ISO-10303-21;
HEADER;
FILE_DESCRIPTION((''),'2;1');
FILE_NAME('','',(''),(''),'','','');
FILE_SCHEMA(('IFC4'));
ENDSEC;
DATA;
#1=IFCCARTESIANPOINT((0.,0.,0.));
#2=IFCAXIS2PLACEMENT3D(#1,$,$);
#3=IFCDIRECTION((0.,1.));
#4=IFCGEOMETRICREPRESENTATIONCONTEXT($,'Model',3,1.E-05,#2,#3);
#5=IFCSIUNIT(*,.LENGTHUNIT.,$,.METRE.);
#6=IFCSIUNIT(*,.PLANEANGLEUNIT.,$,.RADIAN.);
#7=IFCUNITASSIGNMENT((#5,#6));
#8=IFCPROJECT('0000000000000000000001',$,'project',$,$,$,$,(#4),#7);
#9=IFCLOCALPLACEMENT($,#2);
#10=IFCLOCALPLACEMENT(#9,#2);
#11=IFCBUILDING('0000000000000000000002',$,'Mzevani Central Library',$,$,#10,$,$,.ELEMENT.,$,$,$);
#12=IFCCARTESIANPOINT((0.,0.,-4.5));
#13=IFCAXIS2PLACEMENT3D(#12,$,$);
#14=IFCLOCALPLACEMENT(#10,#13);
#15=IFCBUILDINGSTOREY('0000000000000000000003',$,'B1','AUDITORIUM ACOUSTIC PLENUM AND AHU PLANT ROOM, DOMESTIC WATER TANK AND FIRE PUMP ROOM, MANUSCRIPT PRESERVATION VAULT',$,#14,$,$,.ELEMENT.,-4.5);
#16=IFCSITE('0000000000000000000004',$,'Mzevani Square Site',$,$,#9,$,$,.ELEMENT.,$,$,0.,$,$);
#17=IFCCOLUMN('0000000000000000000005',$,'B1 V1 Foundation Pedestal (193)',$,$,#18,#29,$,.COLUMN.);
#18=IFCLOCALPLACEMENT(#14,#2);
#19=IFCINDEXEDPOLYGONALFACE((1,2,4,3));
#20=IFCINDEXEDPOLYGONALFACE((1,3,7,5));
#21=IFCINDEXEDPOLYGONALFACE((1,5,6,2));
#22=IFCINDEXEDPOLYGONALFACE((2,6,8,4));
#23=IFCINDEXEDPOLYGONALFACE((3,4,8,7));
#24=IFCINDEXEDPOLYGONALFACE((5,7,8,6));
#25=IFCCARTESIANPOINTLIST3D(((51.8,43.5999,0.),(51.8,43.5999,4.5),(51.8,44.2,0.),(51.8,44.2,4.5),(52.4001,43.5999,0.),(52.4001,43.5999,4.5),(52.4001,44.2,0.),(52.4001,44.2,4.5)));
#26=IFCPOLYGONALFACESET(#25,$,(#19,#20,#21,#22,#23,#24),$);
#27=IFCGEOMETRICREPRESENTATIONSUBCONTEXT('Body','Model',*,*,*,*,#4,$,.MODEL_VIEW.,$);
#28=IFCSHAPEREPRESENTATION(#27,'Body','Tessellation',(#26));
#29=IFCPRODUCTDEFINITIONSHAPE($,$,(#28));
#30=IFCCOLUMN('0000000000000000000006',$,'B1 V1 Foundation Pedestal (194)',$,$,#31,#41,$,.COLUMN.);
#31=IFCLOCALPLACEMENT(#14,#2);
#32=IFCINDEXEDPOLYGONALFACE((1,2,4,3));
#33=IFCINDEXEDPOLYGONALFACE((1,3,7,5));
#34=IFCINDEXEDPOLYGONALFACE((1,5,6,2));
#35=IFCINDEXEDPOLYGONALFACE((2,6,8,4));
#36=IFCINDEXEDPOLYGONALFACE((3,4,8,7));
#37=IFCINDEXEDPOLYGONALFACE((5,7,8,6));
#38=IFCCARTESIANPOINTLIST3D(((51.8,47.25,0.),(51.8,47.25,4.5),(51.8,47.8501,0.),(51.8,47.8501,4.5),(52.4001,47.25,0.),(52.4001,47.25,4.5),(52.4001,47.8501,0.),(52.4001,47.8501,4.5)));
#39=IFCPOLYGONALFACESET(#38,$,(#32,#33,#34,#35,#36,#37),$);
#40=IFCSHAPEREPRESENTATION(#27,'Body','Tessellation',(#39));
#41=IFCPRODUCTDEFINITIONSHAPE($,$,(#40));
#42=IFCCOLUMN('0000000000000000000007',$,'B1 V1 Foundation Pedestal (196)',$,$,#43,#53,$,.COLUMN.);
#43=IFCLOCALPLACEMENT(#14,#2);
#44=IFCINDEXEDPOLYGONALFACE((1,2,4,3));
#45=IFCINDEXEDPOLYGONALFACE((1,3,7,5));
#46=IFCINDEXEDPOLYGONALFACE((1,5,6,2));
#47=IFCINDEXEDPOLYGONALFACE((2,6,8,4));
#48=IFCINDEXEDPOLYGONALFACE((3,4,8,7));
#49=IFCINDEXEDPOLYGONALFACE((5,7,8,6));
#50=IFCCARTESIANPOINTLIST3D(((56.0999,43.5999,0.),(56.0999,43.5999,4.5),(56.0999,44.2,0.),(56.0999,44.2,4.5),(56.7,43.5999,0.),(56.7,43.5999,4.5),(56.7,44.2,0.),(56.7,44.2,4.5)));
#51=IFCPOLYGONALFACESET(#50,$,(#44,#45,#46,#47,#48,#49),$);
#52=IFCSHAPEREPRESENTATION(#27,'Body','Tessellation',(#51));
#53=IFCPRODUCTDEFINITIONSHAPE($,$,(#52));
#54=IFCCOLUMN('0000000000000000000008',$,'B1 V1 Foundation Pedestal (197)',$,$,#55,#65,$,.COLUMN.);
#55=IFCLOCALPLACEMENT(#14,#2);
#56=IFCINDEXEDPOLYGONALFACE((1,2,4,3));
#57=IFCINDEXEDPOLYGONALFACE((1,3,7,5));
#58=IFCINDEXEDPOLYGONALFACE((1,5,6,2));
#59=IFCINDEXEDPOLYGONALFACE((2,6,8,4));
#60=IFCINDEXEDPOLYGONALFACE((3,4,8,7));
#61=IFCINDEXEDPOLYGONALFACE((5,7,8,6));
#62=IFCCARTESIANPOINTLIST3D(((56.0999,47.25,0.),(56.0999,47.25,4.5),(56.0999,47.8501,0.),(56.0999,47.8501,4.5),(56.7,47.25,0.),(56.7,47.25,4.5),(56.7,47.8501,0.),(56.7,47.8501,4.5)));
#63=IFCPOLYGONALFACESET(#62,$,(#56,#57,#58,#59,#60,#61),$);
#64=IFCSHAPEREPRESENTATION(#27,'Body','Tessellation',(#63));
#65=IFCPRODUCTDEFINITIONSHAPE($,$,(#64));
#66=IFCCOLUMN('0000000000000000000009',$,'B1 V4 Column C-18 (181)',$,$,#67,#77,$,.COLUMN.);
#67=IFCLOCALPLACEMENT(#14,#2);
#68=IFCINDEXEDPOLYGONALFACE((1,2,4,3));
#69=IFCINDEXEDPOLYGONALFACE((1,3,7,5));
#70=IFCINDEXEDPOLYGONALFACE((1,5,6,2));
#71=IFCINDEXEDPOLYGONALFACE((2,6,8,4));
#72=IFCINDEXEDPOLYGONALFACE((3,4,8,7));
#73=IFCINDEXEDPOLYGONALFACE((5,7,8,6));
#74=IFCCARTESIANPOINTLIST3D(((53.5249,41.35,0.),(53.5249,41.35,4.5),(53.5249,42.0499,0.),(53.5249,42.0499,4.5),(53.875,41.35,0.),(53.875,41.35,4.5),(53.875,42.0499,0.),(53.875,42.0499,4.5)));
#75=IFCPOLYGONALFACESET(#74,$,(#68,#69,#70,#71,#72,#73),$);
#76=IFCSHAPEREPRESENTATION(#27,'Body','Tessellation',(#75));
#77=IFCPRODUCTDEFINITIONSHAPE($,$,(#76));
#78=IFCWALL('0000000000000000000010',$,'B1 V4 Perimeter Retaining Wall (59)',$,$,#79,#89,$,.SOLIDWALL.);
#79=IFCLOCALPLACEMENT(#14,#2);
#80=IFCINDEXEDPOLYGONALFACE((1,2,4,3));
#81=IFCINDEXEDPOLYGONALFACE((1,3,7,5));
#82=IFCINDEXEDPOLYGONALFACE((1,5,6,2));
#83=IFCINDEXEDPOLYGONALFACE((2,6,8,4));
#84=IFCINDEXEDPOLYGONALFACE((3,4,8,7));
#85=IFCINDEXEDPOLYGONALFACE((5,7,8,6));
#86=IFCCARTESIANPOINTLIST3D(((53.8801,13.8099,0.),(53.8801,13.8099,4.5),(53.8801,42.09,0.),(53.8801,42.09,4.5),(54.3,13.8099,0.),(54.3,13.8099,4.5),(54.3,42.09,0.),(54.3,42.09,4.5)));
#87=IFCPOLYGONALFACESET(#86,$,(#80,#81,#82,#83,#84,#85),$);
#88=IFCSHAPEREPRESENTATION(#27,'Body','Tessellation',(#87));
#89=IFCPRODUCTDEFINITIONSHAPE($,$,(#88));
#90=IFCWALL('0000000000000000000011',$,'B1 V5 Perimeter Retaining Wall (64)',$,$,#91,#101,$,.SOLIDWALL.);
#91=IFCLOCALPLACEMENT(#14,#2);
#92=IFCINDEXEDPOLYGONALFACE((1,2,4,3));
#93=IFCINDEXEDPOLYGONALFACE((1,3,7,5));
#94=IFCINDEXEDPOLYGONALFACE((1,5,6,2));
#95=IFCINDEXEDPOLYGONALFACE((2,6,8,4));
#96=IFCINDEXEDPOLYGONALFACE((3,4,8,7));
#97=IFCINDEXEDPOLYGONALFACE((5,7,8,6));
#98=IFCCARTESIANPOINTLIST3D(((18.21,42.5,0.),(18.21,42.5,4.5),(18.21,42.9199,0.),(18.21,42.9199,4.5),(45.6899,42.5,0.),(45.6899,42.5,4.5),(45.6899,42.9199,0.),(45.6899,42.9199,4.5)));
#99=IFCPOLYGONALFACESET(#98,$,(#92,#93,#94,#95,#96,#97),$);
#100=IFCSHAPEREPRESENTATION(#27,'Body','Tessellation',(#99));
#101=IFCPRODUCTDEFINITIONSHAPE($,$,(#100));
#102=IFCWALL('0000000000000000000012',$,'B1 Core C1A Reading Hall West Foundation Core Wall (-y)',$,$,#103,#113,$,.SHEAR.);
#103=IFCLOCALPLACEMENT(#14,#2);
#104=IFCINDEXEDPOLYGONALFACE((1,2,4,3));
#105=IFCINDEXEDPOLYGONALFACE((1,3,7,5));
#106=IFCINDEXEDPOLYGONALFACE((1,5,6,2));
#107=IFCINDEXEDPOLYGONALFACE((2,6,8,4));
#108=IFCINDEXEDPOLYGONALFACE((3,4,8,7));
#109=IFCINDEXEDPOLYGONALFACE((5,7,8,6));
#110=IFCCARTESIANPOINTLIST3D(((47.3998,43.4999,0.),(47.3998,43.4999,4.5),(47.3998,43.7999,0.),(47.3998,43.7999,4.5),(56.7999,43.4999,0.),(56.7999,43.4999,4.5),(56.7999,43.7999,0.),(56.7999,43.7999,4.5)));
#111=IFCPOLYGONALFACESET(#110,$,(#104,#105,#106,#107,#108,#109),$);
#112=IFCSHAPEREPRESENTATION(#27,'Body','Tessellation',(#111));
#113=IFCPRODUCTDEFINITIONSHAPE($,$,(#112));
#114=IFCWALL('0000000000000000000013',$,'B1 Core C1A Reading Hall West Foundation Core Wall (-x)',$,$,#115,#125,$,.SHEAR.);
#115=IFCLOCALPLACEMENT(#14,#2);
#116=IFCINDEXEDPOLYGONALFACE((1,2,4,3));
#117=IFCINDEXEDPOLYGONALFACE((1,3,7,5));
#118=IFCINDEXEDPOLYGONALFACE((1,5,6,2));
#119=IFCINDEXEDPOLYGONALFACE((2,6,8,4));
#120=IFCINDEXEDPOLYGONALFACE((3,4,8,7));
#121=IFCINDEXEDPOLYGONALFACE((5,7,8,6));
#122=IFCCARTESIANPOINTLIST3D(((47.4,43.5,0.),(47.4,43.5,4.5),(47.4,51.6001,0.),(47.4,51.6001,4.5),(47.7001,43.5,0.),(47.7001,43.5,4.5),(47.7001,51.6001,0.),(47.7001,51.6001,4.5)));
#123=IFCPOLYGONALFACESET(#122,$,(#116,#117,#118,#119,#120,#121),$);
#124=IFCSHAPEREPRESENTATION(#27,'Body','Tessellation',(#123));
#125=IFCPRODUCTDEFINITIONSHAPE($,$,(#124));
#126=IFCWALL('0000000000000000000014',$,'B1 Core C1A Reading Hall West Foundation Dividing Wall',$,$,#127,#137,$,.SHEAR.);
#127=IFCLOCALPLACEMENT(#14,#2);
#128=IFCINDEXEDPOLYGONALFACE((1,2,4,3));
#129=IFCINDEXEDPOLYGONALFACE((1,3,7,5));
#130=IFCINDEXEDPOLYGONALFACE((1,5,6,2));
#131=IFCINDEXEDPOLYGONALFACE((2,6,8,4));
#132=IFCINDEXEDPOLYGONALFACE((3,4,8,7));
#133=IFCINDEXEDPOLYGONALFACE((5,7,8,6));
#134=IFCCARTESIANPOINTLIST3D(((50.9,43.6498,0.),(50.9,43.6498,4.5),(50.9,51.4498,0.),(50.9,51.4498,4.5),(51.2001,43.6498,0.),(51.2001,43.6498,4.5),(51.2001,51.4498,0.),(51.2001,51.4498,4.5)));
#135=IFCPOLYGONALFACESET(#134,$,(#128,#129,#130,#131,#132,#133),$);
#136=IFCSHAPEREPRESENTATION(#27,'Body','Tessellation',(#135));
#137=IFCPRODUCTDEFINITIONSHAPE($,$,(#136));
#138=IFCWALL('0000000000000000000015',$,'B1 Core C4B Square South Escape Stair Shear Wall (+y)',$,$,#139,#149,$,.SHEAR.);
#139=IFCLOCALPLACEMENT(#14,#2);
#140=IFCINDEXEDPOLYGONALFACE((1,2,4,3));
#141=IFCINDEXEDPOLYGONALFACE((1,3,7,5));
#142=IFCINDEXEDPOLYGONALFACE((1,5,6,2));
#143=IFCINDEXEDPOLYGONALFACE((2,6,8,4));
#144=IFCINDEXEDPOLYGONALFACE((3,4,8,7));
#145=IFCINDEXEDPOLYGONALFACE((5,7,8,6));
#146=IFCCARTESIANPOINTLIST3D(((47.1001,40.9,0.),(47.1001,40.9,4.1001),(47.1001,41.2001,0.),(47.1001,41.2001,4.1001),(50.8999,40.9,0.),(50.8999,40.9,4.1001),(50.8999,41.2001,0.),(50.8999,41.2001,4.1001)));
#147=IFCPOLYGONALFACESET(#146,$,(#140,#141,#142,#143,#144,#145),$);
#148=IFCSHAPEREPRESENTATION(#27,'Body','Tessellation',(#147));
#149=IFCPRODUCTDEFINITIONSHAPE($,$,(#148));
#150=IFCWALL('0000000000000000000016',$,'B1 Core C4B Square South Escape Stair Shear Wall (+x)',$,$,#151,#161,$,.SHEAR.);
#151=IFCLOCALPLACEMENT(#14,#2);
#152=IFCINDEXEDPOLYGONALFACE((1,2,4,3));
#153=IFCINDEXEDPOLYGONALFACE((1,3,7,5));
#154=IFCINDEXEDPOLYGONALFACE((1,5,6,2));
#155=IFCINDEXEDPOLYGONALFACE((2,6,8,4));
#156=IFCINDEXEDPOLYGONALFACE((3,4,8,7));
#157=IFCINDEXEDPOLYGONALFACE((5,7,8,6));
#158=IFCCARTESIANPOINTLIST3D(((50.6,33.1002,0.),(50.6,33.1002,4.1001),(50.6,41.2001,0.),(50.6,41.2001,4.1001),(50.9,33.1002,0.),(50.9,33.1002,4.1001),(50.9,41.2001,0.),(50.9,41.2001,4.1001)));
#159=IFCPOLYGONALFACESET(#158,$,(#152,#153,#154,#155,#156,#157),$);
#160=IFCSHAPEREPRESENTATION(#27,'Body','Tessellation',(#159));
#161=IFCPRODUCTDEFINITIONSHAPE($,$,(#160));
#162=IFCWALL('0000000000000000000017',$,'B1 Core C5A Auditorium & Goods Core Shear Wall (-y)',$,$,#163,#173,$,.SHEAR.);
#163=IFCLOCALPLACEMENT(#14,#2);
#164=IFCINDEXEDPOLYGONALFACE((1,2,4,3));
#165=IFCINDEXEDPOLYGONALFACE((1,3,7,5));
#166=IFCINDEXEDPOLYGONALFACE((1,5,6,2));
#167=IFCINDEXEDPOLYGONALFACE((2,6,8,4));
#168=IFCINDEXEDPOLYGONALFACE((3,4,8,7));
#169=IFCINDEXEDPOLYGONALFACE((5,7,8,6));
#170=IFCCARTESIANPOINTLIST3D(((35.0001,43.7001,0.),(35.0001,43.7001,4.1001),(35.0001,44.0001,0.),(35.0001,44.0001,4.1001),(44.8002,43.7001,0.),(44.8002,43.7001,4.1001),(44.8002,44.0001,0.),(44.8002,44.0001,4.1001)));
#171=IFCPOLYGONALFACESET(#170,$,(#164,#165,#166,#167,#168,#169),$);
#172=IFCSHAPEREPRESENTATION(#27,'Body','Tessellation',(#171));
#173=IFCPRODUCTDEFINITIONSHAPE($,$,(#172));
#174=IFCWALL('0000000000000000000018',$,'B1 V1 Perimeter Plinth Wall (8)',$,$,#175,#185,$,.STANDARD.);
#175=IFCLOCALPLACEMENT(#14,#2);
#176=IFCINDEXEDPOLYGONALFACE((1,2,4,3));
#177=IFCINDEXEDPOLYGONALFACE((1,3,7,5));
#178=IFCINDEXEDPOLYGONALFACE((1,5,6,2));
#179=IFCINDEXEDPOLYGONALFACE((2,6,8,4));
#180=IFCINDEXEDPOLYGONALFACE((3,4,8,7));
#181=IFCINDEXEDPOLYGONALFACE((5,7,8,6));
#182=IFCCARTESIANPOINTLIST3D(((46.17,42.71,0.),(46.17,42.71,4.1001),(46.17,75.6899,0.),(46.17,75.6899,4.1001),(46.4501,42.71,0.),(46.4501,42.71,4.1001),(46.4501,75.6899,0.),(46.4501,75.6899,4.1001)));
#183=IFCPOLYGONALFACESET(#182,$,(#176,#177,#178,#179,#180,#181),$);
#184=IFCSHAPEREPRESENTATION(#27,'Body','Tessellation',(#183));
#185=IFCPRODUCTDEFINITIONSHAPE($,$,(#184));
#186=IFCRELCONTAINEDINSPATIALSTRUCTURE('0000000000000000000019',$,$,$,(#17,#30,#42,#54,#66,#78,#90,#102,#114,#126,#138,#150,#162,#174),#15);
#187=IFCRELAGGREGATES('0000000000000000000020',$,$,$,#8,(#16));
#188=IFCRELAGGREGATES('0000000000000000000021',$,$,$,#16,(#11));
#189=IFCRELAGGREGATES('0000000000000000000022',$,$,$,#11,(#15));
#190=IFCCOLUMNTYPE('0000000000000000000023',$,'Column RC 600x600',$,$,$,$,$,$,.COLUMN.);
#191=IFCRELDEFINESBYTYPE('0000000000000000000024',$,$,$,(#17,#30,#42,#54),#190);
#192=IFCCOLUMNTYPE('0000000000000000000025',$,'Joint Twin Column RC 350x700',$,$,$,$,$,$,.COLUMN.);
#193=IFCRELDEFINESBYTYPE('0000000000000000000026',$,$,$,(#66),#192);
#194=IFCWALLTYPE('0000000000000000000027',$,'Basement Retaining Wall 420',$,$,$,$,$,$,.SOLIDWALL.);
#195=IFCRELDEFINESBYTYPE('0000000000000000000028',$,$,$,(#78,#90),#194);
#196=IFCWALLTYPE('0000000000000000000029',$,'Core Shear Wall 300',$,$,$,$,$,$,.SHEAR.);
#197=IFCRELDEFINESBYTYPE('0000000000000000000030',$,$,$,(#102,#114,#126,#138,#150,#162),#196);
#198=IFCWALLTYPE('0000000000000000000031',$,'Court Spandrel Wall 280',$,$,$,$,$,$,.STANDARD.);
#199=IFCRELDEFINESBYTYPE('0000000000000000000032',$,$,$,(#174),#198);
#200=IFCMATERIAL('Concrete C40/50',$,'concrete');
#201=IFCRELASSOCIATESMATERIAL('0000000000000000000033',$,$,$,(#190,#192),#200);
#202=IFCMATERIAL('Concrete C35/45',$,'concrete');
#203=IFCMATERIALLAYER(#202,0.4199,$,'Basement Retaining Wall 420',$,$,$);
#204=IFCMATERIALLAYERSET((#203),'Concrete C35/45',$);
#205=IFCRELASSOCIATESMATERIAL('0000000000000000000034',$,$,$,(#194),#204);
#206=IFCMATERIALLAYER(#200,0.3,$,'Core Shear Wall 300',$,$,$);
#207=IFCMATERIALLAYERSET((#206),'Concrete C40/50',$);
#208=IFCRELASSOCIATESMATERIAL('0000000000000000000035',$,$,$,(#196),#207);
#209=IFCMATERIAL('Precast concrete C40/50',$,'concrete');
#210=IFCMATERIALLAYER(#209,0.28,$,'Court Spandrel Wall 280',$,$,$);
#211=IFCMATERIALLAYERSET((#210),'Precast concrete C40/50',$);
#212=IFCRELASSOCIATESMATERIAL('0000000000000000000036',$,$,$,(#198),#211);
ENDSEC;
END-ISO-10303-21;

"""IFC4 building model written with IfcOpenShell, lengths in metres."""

from ifc_helpers import new_model, si_unit, direction, frame, frame_2d, origin, origin_2d, place, context, subcontext, project, spatial, rectangle, extrude, material, layer, layer_set, material_profile, profile_set, type_object, element, save


model = new_model("IFC4")

# Units and contexts
model_context = context("Model", 3, precision=1e-05, world=origin(), true_north=direction((0.0, 1.0)))
body_context = subcontext(model_context, "Body", "Model", "MODEL_VIEW")
ifc_project = project(units=[si_unit("LENGTHUNIT", "METRE"), si_unit("PLANEANGLEUNIT", "RADIAN")], contexts=[model_context])

# Site, building, storey
site_placement = place(None, origin())
site = spatial("IfcSite", under=ifc_project, at=site_placement, Name="Mzevani Square Site", CompositionType="ELEMENT", RefElevation=0.0)
building_placement = place(site_placement, origin())
building = spatial("IfcBuilding", under=site, at=building_placement, Name="Mzevani Central Library", CompositionType="ELEMENT")
storey_placement = place(building_placement, frame((0.0, 0.0, -4.5)))
storey = spatial("IfcBuildingStorey", under=building, at=storey_placement, Name="B1", Description="AUDITORIUM ACOUSTIC PLENUM AND AHU PLANT ROOM, DOMESTIC WATER TANK AND FIRE PUMP ROOM, MANUSCRIPT PRESERVATION VAULT", CompositionType="ELEMENT", Elevation=-4.5)

# Shared definitions
ifc_material_1 = material(Name="Concrete C40/50", Category="concrete")

# Columns
ifc_material_profile_1 = material_profile(ifc_material_1, rectangle(XDim=0.6001, YDim=0.6001, at=origin_2d()), Name="RC 600x600")
ifc_profile_set_1 = profile_set([ifc_material_profile_1], Name="Concrete C40/50")
column_type_1 = type_object("IfcColumnType", Name="Column RC 600x600", PredefinedType="COLUMN", material=ifc_profile_set_1)
for number, where, z_axis, x_axis, name in (
    (1, (52.1001, 43.8999, 0.0), (0.0, 0.0, 1.0), (1.0, 0.0, 0.0), "B1 V1 Foundation Pedestal (193)"),
    (2, (52.1001, 47.55, 0.0), (0.0, 0.0, 1.0), (1.0, 0.0, 0.0), "B1 V1 Foundation Pedestal (194)"),
    (3, (56.3999, 43.8999, 0.0), (0.0, 0.0, 1.0), (1.0, 0.0, 0.0), "B1 V1 Foundation Pedestal (196)"),
    (4, (56.3999, 47.55, 0.0), (0.0, 0.0, 1.0), (1.0, 0.0, 0.0), "B1 V1 Foundation Pedestal (197)"),
):
    element("IfcColumn", number, at=place(storey_placement, frame(where, z_axis=z_axis, x_axis=x_axis)), inside=storey, type_object=column_type_1, Name=name, PredefinedType="COLUMN", context=body_context, shape_type="SweptSolid", body=[
        extrude(rectangle(XDim=0.6001, YDim=0.6001, at=origin_2d()), origin(), (0.0, 0.0, 1.0), 4.5),
    ])
ifc_material_profile_2 = material_profile(ifc_material_1, rectangle(XDim=0.3501, YDim=0.7, at=origin_2d()), Name="RC 350x700")
ifc_profile_set_2 = profile_set([ifc_material_profile_2], Name="Concrete C40/50")
column_type_2 = type_object("IfcColumnType", Name="Joint Twin Column RC 350x700", PredefinedType="COLUMN", material=ifc_profile_set_2)
column_1_placement = place(storey_placement, frame((53.7, 41.7, 0.0), z_axis=(0.0, 0.0, 1.0), x_axis=(1.0, 0.0, 0.0)))
element("IfcColumn", 5, at=column_1_placement, inside=storey, type_object=column_type_2, Name="B1 V4 Column C-18 (181)", PredefinedType="COLUMN", context=body_context, shape_type="SweptSolid", body=[
    extrude(rectangle(XDim=0.3501, YDim=0.7, at=origin_2d()), origin(), (0.0, 0.0, 1.0), 4.5),
])

# Walls
ifc_material_2 = material(Name="Concrete C35/45", Category="concrete")
ifc_layer_1 = layer(ifc_material_2, 0.4199, Name="Basement Retaining Wall 420")
ifc_layer_set_1 = layer_set([ifc_layer_1], Name="Concrete C35/45")
wall_type_1 = type_object("IfcWallType", Name="Basement Retaining Wall 420", PredefinedType="SOLIDWALL", material=ifc_layer_set_1)
wall_1_placement = place(storey_placement, frame((54.0901, 42.0901, 0.0), z_axis=(0.0, 0.0, 1.0), x_axis=(0.0, -1.0, 0.0)))
element("IfcWall", 6, at=wall_1_placement, inside=storey, type_object=wall_type_1, Name="B1 V4 Perimeter Retaining Wall (59)", PredefinedType="SOLIDWALL", context=body_context, shape_type="SweptSolid", body=[
    extrude(rectangle(XDim=28.28, YDim=0.4199, at=frame_2d((14.1401, 0.0))), origin(), (0.0, 0.0, 1.0), 4.5),
])
wall_2_placement = place(storey_placement, frame((45.6899, 42.71, 0.0), z_axis=(0.0, 0.0, 1.0), x_axis=(-1.0, 0.0, 0.0)))
element("IfcWall", 7, at=wall_2_placement, inside=storey, type_object=wall_type_1, Name="B1 V5 Perimeter Retaining Wall (64)", PredefinedType="SOLIDWALL", context=body_context, shape_type="SweptSolid", body=[
    extrude(rectangle(XDim=27.48, YDim=0.4199, at=frame_2d((13.74, 0.0))), origin(), (0.0, 0.0, 1.0), 4.5),
])
ifc_layer_2 = layer(ifc_material_1, 0.3, Name="Core Shear Wall 300")
ifc_layer_set_2 = layer_set([ifc_layer_2], Name="Concrete C40/50")
wall_type_2 = type_object("IfcWallType", Name="Core Shear Wall 300", PredefinedType="SHEAR", material=ifc_layer_set_2)
wall_3_placement = place(storey_placement, frame((56.8, 43.6499, 0.0), z_axis=(0.0, 0.0, 1.0), x_axis=(-1.0, 0.0, 0.0)))
element("IfcWall", 8, at=wall_3_placement, inside=storey, type_object=wall_type_2, Name="B1 Core C1A Reading Hall West Foundation Core Wall (-y)", PredefinedType="SHEAR", context=body_context, shape_type="SweptSolid", body=[
    extrude(rectangle(XDim=9.4001, YDim=0.3, at=frame_2d((4.7002, 0.0))), origin(), (0.0, 0.0, 1.0), 4.5),
])
wall_4_placement = place(storey_placement, frame((47.55, 43.5, 0.0), z_axis=(0.0, 0.0, 1.0), x_axis=(0.0, 1.0, 0.0)))
element("IfcWall", 9, at=wall_4_placement, inside=storey, type_object=wall_type_2, Name="B1 Core C1A Reading Hall West Foundation Core Wall (-x)", PredefinedType="SHEAR", context=body_context, shape_type="SweptSolid", body=[
    extrude(rectangle(XDim=8.1001, YDim=0.3, at=frame_2d((4.05, 0.0))), origin(), (0.0, 0.0, 1.0), 4.5),
])
wall_5_placement = place(storey_placement, frame((51.05, 43.6499, 0.0), z_axis=(0.0, 0.0, 1.0), x_axis=(0.0, 1.0, 0.0)))
element("IfcWall", 10, at=wall_5_placement, inside=storey, type_object=wall_type_2, Name="B1 Core C1A Reading Hall West Foundation Dividing Wall", PredefinedType="SHEAR", context=body_context, shape_type="SweptSolid", body=[
    extrude(rectangle(XDim=7.8, YDim=0.3, at=frame_2d((3.8999, 0.0))), origin(), (0.0, 0.0, 1.0), 4.5),
])
wall_6_placement = place(storey_placement, frame((47.1001, 41.05, 0.0), z_axis=(0.0, 0.0, 1.0), x_axis=(1.0, 0.0, 0.0)))
element("IfcWall", 11, at=wall_6_placement, inside=storey, type_object=wall_type_2, Name="B1 Core C4B Square South Escape Stair Shear Wall (+y)", PredefinedType="SHEAR", context=body_context, shape_type="SweptSolid", body=[
    extrude(rectangle(XDim=3.7998, YDim=0.3, at=frame_2d((1.8999, 0.0))), origin(), (0.0, 0.0, 1.0), 4.1001),
])
wall_7_placement = place(storey_placement, frame((50.75, 41.2, 0.0), z_axis=(0.0, 0.0, 1.0), x_axis=(0.0, -1.0, 0.0)))
element("IfcWall", 12, at=wall_7_placement, inside=storey, type_object=wall_type_2, Name="B1 Core C4B Square South Escape Stair Shear Wall (+x)", PredefinedType="SHEAR", context=body_context, shape_type="SweptSolid", body=[
    extrude(rectangle(XDim=8.0999, YDim=0.3, at=frame_2d((4.0498, 0.0))), origin(), (0.0, 0.0, 1.0), 4.1001),
])
wall_8_placement = place(storey_placement, frame((44.8, 43.8501, 0.0), z_axis=(0.0, 0.0, 1.0), x_axis=(-1.0, 0.0, 0.0)))
element("IfcWall", 13, at=wall_8_placement, inside=storey, type_object=wall_type_2, Name="B1 Core C5A Auditorium & Goods Core Shear Wall (-y)", PredefinedType="SHEAR", context=body_context, shape_type="SweptSolid", body=[
    extrude(rectangle(XDim=9.8, YDim=0.3, at=frame_2d((4.8999, 0.0))), origin(), (0.0, 0.0, 1.0), 4.1001),
])
ifc_material_3 = material(Name="Precast concrete C40/50", Category="concrete")
ifc_layer_3 = layer(ifc_material_3, 0.28, Name="Court Spandrel Wall 280")
ifc_layer_set_3 = layer_set([ifc_layer_3], Name="Precast concrete C40/50")
wall_type_3 = type_object("IfcWallType", Name="Court Spandrel Wall 280", PredefinedType="STANDARD", material=ifc_layer_set_3)
wall_9_placement = place(storey_placement, frame((46.3101, 42.71, 0.0), z_axis=(0.0, 0.0, 1.0), x_axis=(0.0, 1.0, 0.0)))
element("IfcWall", 14, at=wall_9_placement, inside=storey, type_object=wall_type_3, Name="B1 V1 Perimeter Plinth Wall (8)", PredefinedType="STANDARD", context=body_context, shape_type="SweptSolid", body=[
    extrude(rectangle(XDim=32.98, YDim=0.28, at=frame_2d((16.49, 0.0))), origin(), (0.0, 0.0, 1.0), 4.1001),
])

save(model, "model.ifc")
